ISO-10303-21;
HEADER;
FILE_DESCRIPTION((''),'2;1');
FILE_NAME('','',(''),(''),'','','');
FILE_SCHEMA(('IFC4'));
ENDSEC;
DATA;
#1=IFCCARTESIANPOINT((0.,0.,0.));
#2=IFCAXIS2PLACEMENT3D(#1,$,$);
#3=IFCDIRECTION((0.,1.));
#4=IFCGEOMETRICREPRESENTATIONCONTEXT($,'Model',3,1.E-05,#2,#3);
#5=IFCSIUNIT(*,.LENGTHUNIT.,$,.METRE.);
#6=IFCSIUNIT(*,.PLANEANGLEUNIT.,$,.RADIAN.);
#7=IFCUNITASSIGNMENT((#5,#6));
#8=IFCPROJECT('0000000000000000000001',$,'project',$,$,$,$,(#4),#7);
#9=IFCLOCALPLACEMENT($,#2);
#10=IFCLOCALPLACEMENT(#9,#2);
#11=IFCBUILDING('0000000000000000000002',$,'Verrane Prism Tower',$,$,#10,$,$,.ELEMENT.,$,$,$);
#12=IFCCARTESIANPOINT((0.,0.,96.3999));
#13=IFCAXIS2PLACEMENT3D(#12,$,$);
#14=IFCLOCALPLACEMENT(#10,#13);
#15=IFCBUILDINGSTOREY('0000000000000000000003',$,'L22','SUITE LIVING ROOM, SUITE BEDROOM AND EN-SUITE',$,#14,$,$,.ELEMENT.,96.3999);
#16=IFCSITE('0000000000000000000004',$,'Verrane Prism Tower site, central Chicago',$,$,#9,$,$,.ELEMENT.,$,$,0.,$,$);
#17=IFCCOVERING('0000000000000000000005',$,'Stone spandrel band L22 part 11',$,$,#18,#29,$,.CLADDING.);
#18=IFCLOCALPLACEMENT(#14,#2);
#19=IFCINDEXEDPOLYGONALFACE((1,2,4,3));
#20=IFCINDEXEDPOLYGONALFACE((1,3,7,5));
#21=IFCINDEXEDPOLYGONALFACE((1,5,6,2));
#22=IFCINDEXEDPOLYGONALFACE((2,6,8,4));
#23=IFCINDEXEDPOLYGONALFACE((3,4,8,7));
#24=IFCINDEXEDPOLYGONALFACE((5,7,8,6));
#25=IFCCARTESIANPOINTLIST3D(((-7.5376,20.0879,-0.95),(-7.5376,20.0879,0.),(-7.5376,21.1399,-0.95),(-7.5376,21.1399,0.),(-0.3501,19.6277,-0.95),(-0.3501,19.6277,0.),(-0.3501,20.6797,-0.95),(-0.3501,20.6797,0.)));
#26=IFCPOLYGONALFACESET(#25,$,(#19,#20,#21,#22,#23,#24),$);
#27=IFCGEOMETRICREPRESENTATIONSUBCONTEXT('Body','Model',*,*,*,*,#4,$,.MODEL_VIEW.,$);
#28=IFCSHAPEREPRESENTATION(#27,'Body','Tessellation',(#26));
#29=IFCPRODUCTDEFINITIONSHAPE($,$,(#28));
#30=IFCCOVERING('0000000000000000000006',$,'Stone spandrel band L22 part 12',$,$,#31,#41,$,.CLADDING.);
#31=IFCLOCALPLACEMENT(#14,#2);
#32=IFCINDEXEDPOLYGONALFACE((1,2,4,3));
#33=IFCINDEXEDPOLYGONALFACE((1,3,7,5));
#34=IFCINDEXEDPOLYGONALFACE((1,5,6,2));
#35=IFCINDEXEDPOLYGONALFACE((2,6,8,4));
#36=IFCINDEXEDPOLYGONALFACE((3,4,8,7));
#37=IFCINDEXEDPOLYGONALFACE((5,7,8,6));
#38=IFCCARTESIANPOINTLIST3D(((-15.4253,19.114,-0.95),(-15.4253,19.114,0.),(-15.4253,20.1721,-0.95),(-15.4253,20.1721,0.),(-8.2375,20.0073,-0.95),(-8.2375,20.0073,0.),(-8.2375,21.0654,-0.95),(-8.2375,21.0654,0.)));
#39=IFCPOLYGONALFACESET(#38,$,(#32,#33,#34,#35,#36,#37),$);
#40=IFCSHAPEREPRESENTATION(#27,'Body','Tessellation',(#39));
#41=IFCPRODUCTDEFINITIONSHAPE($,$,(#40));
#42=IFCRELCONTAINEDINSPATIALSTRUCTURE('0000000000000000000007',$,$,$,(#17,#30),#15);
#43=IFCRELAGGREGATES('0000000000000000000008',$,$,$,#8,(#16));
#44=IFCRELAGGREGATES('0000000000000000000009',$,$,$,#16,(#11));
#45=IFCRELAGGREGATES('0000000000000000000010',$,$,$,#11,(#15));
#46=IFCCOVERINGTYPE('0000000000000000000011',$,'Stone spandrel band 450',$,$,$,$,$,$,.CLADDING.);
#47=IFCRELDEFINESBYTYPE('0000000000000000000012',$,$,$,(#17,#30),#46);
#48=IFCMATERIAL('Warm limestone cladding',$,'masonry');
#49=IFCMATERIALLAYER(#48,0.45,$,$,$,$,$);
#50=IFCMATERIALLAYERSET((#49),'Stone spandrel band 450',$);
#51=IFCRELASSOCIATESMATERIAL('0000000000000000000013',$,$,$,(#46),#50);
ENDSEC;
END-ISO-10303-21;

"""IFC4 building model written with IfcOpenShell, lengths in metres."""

from ifc_helpers import new_model, si_unit, direction, frame, origin, place, context, subcontext, project, spatial, polyline, outline, extrude, material, layer, layer_set, type_object, element, save


model = new_model("IFC4")

# Units and contexts
model_context = context("Model", 3, precision=1e-05, world=origin(), true_north=direction((0.0, 1.0)))
body_context = subcontext(model_context, "Body", "Model", "MODEL_VIEW")
ifc_project = project(units=[si_unit("LENGTHUNIT", "METRE"), si_unit("PLANEANGLEUNIT", "RADIAN")], contexts=[model_context])

# Site, building, storey
site_placement = place(None, origin())
site = spatial("IfcSite", under=ifc_project, at=site_placement, Name="Verrane Prism Tower site, central Chicago", CompositionType="ELEMENT", RefElevation=0.0)
building_placement = place(site_placement, origin())
building = spatial("IfcBuilding", under=site, at=building_placement, Name="Verrane Prism Tower", CompositionType="ELEMENT")
storey_placement = place(building_placement, frame((0.0, 0.0, 96.3999)))
storey = spatial("IfcBuildingStorey", under=building, at=storey_placement, Name="L22", Description="SUITE LIVING ROOM, SUITE BEDROOM AND EN-SUITE", CompositionType="ELEMENT", Elevation=96.3999)

# Coverings
ifc_material_1 = material(Name="Warm limestone cladding", Category="masonry")
ifc_layer_1 = layer(ifc_material_1, 0.45)
ifc_layer_set_1 = layer_set([ifc_layer_1], Name="Stone spandrel band 450")
covering_type = type_object("IfcCoveringType", Name="Stone spandrel band 450", PredefinedType="CLADDING", material=ifc_layer_set_1)
covering_1_placement = place(storey_placement, frame((0.0, 0.0, -0.95)))
element("IfcCovering", 1, at=covering_1_placement, inside=storey, type_object=covering_type, Name="Stone spandrel band L22 part 11", PredefinedType="CLADDING", context=body_context, shape_type="SweptSolid", body=[
    extrude(outline(polyline([(-7.5376, 21.1399), (-7.5376, 20.0879), (-0.3501, 19.6277), (-0.3501, 20.6797), (-7.5376, 21.1399)])), origin(), (0.0, 0.0, 1.0), 0.95),
])
covering_2_placement = place(storey_placement, frame((0.0, 0.0, -0.95)))
element("IfcCovering", 2, at=covering_2_placement, inside=storey, type_object=covering_type, Name="Stone spandrel band L22 part 12", PredefinedType="CLADDING", context=body_context, shape_type="SweptSolid", body=[
    extrude(outline(polyline([(-15.4253, 20.1721), (-15.4253, 19.114), (-8.2375, 20.0073), (-8.2375, 21.0654), (-15.4253, 20.1721)])), origin(), (0.0, 0.0, 1.0), 0.95),
])

save(model, "model.ifc")
